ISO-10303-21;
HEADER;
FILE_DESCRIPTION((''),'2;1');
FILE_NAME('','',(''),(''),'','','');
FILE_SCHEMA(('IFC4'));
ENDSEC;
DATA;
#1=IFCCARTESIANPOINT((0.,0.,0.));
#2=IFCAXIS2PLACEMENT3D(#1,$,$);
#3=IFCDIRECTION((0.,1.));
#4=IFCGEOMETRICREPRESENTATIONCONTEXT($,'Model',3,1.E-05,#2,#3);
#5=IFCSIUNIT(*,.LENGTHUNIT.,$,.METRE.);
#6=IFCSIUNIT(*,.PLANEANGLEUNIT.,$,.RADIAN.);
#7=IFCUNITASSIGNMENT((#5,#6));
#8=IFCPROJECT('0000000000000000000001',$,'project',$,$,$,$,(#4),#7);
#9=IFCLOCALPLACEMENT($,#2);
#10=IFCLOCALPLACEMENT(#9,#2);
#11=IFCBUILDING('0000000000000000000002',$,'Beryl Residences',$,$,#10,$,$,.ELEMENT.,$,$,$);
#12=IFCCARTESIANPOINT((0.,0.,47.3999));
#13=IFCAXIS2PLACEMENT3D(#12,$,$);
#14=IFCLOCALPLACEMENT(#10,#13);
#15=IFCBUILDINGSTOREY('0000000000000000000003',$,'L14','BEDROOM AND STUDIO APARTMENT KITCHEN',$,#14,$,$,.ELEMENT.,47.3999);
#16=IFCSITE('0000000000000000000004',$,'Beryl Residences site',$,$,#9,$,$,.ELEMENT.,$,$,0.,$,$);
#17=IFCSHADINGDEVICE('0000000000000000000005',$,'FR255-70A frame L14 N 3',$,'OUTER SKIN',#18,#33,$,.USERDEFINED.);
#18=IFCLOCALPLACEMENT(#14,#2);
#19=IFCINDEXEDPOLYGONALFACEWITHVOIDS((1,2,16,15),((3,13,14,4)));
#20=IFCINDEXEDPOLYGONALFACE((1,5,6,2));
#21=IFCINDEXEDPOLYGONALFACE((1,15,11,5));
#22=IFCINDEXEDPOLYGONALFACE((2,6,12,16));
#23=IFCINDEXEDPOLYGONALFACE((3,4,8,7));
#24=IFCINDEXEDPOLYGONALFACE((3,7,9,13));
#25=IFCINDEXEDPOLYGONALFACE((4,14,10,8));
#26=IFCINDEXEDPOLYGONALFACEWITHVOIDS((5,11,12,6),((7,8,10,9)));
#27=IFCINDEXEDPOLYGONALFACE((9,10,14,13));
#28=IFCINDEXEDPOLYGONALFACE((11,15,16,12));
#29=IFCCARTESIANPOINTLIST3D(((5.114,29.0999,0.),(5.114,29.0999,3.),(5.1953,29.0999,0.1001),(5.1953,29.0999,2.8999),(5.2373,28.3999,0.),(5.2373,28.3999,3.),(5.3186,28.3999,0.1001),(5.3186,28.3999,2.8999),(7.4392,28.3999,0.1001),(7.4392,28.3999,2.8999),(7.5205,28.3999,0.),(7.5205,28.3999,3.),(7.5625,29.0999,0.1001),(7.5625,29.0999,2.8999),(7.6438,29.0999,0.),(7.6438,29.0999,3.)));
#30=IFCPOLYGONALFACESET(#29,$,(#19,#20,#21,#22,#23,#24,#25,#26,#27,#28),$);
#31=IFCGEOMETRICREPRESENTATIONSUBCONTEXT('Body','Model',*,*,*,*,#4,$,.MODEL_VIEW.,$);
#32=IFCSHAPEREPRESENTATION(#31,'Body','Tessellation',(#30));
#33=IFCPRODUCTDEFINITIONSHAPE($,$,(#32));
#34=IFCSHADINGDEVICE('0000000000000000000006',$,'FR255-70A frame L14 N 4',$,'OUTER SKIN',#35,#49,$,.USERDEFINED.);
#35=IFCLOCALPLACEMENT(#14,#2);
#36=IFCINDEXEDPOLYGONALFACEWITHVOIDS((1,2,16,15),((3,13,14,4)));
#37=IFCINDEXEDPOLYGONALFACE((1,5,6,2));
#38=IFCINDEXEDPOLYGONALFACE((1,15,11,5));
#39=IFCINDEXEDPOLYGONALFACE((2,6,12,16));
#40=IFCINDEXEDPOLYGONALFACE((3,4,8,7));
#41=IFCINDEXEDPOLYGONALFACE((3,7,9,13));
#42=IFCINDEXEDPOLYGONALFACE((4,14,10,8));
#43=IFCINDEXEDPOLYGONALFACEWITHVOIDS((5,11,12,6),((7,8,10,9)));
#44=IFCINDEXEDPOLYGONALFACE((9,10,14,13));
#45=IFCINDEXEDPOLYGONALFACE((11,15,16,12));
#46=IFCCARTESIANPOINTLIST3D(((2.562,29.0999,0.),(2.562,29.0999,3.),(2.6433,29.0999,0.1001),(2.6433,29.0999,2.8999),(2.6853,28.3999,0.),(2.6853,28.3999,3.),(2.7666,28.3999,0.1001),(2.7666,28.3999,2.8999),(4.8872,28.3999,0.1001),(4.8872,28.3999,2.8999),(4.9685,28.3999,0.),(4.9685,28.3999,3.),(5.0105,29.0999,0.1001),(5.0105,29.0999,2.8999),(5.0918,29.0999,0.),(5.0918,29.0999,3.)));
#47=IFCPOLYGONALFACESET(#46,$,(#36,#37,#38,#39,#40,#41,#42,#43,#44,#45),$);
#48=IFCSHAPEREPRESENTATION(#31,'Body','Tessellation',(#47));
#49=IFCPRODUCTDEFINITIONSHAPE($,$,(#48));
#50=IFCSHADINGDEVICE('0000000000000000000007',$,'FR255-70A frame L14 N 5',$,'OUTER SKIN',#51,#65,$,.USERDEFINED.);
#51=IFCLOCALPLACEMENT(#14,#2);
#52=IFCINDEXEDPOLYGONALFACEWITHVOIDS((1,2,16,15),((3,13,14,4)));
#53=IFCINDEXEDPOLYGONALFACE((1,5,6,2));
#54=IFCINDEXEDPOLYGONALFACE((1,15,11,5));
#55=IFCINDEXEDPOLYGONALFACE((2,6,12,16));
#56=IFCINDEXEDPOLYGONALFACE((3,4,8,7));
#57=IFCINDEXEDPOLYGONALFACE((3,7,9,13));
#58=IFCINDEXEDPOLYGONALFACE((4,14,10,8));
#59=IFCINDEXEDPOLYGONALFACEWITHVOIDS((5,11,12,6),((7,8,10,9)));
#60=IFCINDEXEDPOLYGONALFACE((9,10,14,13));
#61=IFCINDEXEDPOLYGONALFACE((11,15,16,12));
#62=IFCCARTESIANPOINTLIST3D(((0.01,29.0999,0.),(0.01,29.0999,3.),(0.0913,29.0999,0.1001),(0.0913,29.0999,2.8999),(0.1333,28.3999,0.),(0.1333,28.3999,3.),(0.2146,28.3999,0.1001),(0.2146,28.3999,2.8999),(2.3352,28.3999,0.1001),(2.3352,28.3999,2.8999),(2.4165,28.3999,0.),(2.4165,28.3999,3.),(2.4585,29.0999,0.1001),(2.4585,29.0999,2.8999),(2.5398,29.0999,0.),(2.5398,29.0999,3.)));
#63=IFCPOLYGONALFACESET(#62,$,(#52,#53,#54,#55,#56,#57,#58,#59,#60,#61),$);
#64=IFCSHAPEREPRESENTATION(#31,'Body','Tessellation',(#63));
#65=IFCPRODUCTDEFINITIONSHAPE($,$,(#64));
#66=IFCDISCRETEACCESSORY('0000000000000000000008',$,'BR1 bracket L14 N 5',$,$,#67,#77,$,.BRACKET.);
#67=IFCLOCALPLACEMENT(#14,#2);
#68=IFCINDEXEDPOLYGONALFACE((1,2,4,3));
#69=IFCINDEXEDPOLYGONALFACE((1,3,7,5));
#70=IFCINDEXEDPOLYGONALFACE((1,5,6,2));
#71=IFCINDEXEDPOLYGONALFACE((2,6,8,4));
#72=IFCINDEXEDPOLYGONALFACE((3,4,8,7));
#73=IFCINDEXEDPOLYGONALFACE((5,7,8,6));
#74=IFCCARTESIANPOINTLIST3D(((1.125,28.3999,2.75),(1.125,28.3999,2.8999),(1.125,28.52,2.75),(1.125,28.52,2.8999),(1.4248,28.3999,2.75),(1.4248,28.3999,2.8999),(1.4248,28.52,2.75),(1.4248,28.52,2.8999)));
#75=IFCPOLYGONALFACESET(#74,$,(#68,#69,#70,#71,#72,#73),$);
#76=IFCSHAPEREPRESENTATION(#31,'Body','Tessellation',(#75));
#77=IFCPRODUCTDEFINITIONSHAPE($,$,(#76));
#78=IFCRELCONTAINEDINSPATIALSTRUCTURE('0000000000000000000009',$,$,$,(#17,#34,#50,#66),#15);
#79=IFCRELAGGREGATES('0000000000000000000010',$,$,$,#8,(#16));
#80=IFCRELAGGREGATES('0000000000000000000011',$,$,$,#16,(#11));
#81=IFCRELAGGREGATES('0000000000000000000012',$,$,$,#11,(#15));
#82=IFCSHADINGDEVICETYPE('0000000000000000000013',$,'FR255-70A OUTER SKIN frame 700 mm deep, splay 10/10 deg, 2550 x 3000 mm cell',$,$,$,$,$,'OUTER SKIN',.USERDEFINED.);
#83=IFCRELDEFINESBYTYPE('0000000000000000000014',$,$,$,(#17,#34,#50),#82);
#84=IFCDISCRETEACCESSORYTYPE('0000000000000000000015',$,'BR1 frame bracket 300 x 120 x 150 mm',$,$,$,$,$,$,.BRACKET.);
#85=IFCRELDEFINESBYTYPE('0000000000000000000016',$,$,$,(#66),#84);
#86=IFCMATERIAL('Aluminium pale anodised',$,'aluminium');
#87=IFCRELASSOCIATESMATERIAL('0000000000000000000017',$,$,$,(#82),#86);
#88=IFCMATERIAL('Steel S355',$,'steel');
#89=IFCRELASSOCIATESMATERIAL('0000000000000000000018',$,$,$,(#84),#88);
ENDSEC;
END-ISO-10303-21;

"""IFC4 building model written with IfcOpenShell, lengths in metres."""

from ifc_helpers import new_model, entity, si_unit, direction, frame, origin, place, context, subcontext, project, spatial, polyline, outline, extrude, source, transform, mapped, material, type_object, type_shapes, element, save


model = new_model("IFC4")

# Units and contexts
model_context = context("Model", 3, precision=1e-05, world=origin(), true_north=direction((0.0, 1.0)))
body_context = subcontext(model_context, "Body", "Model", "MODEL_VIEW")
ifc_project = project(units=[si_unit("LENGTHUNIT", "METRE"), si_unit("PLANEANGLEUNIT", "RADIAN")], contexts=[model_context])

# Site, building, storey
site_placement = place(None, origin())
site = spatial("IfcSite", under=ifc_project, at=site_placement, Name="Beryl Residences site", CompositionType="ELEMENT", RefElevation=0.0)
building_placement = place(site_placement, origin())
building = spatial("IfcBuilding", under=site, at=building_placement, Name="Beryl Residences", CompositionType="ELEMENT")
storey_placement = place(building_placement, frame((0.0, 0.0, 47.3999)))
storey = spatial("IfcBuildingStorey", under=building, at=storey_placement, Name="L14", Description="BEDROOM AND STUDIO APARTMENT KITCHEN", CompositionType="ELEMENT", Elevation=47.3999)

# Shading devices
ifc_material_1 = material(Name="Aluminium pale anodised", Category="aluminium")
shading_device_type = type_object("IfcShadingDeviceType", Name="FR255-70A OUTER SKIN frame 700 mm deep, splay 10/10 deg, 2550 x 3000 mm cell", ElementType="OUTER SKIN", PredefinedType="USERDEFINED", material=ifc_material_1)
cartesian_point_1 = entity("IfcCartesianPoint", [-1.1416, 0.0])
cartesian_point_2 = entity("IfcCartesianPoint", [-1.0603, 0.1001])
cartesian_point_3 = entity("IfcCartesianPoint", [-1.2649, 0.0])
cartesian_point_4 = entity("IfcCartesianPoint", [-1.1836, 0.1001])
shared_shape_1 = source(origin(), body_context, "Body", "SweptSolid", [
    entity("IfcExtrudedAreaSolidTapered", entity("IfcArbitraryProfileDefWithVoids", "AREA", None, entity("IfcPolyline", [cartesian_point_1, entity("IfcCartesianPoint", [1.1416, 0.0]), entity("IfcCartesianPoint", [1.1416, 3.0]), entity("IfcCartesianPoint", [-1.1416, 3.0]), cartesian_point_1]), [entity("IfcPolyline", [cartesian_point_2, entity("IfcCartesianPoint", [1.0603, 0.1001]), entity("IfcCartesianPoint", [1.0603, 2.8999]), entity("IfcCartesianPoint", [-1.0603, 2.8999]), cartesian_point_2])]), entity("IfcAxis2Placement3D", entity("IfcCartesianPoint", [0.0, 0.0, 0.0]), entity("IfcDirection", [0.0, 1.0, 0.0]), entity("IfcDirection", [-1.0, 0.0, 0.0])), entity("IfcDirection", [0.0, 0.0, 1.0]), 0.7, entity("IfcArbitraryProfileDefWithVoids", "AREA", None, entity("IfcPolyline", [cartesian_point_3, entity("IfcCartesianPoint", [1.2649, 0.0]), entity("IfcCartesianPoint", [1.2649, 3.0]), entity("IfcCartesianPoint", [-1.2649, 3.0]), cartesian_point_3]), [entity("IfcPolyline", [cartesian_point_4, entity("IfcCartesianPoint", [1.1836, 0.1001]), entity("IfcCartesianPoint", [1.1836, 2.8999]), entity("IfcCartesianPoint", [-1.1836, 2.8999]), cartesian_point_4])])),
])
type_shapes(shading_device_type, [shared_shape_1])
for number, where, z_axis, x_axis, name in (
    (1, (6.3789, 28.3999, 0.0), (0.0, 0.0, 1.0), (1.0, 0.0, 0.0), "FR255-70A frame L14 N 3"),
    (2, (3.8269, 28.3999, 0.0), (0.0, 0.0, 1.0), (1.0, 0.0, 0.0), "FR255-70A frame L14 N 4"),
    (3, (1.2749, 28.3999, 0.0), (0.0, 0.0, 1.0), (1.0, 0.0, 0.0), "FR255-70A frame L14 N 5"),
):
    element("IfcShadingDevice", number, at=place(storey_placement, frame(where, z_axis=z_axis, x_axis=x_axis)), inside=storey, type_object=shading_device_type, Name=name, ObjectType="OUTER SKIN", PredefinedType="USERDEFINED", context=body_context, shape_type="MappedRepresentation", body=[
        mapped(shared_shape_1, transform((0.0, 0.0, 0.0))),
    ])

# Discrete accessory
ifc_material_2 = material(Name="Steel S355", Category="steel")
discrete_accessory_type = type_object("IfcDiscreteAccessoryType", Name="BR1 frame bracket 300 x 120 x 150 mm", PredefinedType="BRACKET", material=ifc_material_2)
shared_shape_2 = source(origin(), body_context, "Body", "SweptSolid", [
    extrude(outline(polyline([(-0.1499, 0.0), (0.1499, 0.0), (0.1499, 0.1201), (-0.1499, 0.1201), (-0.1499, 0.0)])), origin(), (0.0, 0.0, 1.0), 0.1499),
])
type_shapes(discrete_accessory_type, [shared_shape_2])
discrete_accessory_placement = place(storey_placement, frame((1.2749, 28.3999, 2.75), z_axis=(0.0, 0.0, 1.0), x_axis=(1.0, 0.0, 0.0)))
element("IfcDiscreteAccessory", 4, at=discrete_accessory_placement, inside=storey, type_object=discrete_accessory_type, Name="BR1 bracket L14 N 5", PredefinedType="BRACKET", context=body_context, shape_type="MappedRepresentation", body=[
    mapped(shared_shape_2, transform((0.0, 0.0, 0.0))),
])

save(model, "model.ifc")
